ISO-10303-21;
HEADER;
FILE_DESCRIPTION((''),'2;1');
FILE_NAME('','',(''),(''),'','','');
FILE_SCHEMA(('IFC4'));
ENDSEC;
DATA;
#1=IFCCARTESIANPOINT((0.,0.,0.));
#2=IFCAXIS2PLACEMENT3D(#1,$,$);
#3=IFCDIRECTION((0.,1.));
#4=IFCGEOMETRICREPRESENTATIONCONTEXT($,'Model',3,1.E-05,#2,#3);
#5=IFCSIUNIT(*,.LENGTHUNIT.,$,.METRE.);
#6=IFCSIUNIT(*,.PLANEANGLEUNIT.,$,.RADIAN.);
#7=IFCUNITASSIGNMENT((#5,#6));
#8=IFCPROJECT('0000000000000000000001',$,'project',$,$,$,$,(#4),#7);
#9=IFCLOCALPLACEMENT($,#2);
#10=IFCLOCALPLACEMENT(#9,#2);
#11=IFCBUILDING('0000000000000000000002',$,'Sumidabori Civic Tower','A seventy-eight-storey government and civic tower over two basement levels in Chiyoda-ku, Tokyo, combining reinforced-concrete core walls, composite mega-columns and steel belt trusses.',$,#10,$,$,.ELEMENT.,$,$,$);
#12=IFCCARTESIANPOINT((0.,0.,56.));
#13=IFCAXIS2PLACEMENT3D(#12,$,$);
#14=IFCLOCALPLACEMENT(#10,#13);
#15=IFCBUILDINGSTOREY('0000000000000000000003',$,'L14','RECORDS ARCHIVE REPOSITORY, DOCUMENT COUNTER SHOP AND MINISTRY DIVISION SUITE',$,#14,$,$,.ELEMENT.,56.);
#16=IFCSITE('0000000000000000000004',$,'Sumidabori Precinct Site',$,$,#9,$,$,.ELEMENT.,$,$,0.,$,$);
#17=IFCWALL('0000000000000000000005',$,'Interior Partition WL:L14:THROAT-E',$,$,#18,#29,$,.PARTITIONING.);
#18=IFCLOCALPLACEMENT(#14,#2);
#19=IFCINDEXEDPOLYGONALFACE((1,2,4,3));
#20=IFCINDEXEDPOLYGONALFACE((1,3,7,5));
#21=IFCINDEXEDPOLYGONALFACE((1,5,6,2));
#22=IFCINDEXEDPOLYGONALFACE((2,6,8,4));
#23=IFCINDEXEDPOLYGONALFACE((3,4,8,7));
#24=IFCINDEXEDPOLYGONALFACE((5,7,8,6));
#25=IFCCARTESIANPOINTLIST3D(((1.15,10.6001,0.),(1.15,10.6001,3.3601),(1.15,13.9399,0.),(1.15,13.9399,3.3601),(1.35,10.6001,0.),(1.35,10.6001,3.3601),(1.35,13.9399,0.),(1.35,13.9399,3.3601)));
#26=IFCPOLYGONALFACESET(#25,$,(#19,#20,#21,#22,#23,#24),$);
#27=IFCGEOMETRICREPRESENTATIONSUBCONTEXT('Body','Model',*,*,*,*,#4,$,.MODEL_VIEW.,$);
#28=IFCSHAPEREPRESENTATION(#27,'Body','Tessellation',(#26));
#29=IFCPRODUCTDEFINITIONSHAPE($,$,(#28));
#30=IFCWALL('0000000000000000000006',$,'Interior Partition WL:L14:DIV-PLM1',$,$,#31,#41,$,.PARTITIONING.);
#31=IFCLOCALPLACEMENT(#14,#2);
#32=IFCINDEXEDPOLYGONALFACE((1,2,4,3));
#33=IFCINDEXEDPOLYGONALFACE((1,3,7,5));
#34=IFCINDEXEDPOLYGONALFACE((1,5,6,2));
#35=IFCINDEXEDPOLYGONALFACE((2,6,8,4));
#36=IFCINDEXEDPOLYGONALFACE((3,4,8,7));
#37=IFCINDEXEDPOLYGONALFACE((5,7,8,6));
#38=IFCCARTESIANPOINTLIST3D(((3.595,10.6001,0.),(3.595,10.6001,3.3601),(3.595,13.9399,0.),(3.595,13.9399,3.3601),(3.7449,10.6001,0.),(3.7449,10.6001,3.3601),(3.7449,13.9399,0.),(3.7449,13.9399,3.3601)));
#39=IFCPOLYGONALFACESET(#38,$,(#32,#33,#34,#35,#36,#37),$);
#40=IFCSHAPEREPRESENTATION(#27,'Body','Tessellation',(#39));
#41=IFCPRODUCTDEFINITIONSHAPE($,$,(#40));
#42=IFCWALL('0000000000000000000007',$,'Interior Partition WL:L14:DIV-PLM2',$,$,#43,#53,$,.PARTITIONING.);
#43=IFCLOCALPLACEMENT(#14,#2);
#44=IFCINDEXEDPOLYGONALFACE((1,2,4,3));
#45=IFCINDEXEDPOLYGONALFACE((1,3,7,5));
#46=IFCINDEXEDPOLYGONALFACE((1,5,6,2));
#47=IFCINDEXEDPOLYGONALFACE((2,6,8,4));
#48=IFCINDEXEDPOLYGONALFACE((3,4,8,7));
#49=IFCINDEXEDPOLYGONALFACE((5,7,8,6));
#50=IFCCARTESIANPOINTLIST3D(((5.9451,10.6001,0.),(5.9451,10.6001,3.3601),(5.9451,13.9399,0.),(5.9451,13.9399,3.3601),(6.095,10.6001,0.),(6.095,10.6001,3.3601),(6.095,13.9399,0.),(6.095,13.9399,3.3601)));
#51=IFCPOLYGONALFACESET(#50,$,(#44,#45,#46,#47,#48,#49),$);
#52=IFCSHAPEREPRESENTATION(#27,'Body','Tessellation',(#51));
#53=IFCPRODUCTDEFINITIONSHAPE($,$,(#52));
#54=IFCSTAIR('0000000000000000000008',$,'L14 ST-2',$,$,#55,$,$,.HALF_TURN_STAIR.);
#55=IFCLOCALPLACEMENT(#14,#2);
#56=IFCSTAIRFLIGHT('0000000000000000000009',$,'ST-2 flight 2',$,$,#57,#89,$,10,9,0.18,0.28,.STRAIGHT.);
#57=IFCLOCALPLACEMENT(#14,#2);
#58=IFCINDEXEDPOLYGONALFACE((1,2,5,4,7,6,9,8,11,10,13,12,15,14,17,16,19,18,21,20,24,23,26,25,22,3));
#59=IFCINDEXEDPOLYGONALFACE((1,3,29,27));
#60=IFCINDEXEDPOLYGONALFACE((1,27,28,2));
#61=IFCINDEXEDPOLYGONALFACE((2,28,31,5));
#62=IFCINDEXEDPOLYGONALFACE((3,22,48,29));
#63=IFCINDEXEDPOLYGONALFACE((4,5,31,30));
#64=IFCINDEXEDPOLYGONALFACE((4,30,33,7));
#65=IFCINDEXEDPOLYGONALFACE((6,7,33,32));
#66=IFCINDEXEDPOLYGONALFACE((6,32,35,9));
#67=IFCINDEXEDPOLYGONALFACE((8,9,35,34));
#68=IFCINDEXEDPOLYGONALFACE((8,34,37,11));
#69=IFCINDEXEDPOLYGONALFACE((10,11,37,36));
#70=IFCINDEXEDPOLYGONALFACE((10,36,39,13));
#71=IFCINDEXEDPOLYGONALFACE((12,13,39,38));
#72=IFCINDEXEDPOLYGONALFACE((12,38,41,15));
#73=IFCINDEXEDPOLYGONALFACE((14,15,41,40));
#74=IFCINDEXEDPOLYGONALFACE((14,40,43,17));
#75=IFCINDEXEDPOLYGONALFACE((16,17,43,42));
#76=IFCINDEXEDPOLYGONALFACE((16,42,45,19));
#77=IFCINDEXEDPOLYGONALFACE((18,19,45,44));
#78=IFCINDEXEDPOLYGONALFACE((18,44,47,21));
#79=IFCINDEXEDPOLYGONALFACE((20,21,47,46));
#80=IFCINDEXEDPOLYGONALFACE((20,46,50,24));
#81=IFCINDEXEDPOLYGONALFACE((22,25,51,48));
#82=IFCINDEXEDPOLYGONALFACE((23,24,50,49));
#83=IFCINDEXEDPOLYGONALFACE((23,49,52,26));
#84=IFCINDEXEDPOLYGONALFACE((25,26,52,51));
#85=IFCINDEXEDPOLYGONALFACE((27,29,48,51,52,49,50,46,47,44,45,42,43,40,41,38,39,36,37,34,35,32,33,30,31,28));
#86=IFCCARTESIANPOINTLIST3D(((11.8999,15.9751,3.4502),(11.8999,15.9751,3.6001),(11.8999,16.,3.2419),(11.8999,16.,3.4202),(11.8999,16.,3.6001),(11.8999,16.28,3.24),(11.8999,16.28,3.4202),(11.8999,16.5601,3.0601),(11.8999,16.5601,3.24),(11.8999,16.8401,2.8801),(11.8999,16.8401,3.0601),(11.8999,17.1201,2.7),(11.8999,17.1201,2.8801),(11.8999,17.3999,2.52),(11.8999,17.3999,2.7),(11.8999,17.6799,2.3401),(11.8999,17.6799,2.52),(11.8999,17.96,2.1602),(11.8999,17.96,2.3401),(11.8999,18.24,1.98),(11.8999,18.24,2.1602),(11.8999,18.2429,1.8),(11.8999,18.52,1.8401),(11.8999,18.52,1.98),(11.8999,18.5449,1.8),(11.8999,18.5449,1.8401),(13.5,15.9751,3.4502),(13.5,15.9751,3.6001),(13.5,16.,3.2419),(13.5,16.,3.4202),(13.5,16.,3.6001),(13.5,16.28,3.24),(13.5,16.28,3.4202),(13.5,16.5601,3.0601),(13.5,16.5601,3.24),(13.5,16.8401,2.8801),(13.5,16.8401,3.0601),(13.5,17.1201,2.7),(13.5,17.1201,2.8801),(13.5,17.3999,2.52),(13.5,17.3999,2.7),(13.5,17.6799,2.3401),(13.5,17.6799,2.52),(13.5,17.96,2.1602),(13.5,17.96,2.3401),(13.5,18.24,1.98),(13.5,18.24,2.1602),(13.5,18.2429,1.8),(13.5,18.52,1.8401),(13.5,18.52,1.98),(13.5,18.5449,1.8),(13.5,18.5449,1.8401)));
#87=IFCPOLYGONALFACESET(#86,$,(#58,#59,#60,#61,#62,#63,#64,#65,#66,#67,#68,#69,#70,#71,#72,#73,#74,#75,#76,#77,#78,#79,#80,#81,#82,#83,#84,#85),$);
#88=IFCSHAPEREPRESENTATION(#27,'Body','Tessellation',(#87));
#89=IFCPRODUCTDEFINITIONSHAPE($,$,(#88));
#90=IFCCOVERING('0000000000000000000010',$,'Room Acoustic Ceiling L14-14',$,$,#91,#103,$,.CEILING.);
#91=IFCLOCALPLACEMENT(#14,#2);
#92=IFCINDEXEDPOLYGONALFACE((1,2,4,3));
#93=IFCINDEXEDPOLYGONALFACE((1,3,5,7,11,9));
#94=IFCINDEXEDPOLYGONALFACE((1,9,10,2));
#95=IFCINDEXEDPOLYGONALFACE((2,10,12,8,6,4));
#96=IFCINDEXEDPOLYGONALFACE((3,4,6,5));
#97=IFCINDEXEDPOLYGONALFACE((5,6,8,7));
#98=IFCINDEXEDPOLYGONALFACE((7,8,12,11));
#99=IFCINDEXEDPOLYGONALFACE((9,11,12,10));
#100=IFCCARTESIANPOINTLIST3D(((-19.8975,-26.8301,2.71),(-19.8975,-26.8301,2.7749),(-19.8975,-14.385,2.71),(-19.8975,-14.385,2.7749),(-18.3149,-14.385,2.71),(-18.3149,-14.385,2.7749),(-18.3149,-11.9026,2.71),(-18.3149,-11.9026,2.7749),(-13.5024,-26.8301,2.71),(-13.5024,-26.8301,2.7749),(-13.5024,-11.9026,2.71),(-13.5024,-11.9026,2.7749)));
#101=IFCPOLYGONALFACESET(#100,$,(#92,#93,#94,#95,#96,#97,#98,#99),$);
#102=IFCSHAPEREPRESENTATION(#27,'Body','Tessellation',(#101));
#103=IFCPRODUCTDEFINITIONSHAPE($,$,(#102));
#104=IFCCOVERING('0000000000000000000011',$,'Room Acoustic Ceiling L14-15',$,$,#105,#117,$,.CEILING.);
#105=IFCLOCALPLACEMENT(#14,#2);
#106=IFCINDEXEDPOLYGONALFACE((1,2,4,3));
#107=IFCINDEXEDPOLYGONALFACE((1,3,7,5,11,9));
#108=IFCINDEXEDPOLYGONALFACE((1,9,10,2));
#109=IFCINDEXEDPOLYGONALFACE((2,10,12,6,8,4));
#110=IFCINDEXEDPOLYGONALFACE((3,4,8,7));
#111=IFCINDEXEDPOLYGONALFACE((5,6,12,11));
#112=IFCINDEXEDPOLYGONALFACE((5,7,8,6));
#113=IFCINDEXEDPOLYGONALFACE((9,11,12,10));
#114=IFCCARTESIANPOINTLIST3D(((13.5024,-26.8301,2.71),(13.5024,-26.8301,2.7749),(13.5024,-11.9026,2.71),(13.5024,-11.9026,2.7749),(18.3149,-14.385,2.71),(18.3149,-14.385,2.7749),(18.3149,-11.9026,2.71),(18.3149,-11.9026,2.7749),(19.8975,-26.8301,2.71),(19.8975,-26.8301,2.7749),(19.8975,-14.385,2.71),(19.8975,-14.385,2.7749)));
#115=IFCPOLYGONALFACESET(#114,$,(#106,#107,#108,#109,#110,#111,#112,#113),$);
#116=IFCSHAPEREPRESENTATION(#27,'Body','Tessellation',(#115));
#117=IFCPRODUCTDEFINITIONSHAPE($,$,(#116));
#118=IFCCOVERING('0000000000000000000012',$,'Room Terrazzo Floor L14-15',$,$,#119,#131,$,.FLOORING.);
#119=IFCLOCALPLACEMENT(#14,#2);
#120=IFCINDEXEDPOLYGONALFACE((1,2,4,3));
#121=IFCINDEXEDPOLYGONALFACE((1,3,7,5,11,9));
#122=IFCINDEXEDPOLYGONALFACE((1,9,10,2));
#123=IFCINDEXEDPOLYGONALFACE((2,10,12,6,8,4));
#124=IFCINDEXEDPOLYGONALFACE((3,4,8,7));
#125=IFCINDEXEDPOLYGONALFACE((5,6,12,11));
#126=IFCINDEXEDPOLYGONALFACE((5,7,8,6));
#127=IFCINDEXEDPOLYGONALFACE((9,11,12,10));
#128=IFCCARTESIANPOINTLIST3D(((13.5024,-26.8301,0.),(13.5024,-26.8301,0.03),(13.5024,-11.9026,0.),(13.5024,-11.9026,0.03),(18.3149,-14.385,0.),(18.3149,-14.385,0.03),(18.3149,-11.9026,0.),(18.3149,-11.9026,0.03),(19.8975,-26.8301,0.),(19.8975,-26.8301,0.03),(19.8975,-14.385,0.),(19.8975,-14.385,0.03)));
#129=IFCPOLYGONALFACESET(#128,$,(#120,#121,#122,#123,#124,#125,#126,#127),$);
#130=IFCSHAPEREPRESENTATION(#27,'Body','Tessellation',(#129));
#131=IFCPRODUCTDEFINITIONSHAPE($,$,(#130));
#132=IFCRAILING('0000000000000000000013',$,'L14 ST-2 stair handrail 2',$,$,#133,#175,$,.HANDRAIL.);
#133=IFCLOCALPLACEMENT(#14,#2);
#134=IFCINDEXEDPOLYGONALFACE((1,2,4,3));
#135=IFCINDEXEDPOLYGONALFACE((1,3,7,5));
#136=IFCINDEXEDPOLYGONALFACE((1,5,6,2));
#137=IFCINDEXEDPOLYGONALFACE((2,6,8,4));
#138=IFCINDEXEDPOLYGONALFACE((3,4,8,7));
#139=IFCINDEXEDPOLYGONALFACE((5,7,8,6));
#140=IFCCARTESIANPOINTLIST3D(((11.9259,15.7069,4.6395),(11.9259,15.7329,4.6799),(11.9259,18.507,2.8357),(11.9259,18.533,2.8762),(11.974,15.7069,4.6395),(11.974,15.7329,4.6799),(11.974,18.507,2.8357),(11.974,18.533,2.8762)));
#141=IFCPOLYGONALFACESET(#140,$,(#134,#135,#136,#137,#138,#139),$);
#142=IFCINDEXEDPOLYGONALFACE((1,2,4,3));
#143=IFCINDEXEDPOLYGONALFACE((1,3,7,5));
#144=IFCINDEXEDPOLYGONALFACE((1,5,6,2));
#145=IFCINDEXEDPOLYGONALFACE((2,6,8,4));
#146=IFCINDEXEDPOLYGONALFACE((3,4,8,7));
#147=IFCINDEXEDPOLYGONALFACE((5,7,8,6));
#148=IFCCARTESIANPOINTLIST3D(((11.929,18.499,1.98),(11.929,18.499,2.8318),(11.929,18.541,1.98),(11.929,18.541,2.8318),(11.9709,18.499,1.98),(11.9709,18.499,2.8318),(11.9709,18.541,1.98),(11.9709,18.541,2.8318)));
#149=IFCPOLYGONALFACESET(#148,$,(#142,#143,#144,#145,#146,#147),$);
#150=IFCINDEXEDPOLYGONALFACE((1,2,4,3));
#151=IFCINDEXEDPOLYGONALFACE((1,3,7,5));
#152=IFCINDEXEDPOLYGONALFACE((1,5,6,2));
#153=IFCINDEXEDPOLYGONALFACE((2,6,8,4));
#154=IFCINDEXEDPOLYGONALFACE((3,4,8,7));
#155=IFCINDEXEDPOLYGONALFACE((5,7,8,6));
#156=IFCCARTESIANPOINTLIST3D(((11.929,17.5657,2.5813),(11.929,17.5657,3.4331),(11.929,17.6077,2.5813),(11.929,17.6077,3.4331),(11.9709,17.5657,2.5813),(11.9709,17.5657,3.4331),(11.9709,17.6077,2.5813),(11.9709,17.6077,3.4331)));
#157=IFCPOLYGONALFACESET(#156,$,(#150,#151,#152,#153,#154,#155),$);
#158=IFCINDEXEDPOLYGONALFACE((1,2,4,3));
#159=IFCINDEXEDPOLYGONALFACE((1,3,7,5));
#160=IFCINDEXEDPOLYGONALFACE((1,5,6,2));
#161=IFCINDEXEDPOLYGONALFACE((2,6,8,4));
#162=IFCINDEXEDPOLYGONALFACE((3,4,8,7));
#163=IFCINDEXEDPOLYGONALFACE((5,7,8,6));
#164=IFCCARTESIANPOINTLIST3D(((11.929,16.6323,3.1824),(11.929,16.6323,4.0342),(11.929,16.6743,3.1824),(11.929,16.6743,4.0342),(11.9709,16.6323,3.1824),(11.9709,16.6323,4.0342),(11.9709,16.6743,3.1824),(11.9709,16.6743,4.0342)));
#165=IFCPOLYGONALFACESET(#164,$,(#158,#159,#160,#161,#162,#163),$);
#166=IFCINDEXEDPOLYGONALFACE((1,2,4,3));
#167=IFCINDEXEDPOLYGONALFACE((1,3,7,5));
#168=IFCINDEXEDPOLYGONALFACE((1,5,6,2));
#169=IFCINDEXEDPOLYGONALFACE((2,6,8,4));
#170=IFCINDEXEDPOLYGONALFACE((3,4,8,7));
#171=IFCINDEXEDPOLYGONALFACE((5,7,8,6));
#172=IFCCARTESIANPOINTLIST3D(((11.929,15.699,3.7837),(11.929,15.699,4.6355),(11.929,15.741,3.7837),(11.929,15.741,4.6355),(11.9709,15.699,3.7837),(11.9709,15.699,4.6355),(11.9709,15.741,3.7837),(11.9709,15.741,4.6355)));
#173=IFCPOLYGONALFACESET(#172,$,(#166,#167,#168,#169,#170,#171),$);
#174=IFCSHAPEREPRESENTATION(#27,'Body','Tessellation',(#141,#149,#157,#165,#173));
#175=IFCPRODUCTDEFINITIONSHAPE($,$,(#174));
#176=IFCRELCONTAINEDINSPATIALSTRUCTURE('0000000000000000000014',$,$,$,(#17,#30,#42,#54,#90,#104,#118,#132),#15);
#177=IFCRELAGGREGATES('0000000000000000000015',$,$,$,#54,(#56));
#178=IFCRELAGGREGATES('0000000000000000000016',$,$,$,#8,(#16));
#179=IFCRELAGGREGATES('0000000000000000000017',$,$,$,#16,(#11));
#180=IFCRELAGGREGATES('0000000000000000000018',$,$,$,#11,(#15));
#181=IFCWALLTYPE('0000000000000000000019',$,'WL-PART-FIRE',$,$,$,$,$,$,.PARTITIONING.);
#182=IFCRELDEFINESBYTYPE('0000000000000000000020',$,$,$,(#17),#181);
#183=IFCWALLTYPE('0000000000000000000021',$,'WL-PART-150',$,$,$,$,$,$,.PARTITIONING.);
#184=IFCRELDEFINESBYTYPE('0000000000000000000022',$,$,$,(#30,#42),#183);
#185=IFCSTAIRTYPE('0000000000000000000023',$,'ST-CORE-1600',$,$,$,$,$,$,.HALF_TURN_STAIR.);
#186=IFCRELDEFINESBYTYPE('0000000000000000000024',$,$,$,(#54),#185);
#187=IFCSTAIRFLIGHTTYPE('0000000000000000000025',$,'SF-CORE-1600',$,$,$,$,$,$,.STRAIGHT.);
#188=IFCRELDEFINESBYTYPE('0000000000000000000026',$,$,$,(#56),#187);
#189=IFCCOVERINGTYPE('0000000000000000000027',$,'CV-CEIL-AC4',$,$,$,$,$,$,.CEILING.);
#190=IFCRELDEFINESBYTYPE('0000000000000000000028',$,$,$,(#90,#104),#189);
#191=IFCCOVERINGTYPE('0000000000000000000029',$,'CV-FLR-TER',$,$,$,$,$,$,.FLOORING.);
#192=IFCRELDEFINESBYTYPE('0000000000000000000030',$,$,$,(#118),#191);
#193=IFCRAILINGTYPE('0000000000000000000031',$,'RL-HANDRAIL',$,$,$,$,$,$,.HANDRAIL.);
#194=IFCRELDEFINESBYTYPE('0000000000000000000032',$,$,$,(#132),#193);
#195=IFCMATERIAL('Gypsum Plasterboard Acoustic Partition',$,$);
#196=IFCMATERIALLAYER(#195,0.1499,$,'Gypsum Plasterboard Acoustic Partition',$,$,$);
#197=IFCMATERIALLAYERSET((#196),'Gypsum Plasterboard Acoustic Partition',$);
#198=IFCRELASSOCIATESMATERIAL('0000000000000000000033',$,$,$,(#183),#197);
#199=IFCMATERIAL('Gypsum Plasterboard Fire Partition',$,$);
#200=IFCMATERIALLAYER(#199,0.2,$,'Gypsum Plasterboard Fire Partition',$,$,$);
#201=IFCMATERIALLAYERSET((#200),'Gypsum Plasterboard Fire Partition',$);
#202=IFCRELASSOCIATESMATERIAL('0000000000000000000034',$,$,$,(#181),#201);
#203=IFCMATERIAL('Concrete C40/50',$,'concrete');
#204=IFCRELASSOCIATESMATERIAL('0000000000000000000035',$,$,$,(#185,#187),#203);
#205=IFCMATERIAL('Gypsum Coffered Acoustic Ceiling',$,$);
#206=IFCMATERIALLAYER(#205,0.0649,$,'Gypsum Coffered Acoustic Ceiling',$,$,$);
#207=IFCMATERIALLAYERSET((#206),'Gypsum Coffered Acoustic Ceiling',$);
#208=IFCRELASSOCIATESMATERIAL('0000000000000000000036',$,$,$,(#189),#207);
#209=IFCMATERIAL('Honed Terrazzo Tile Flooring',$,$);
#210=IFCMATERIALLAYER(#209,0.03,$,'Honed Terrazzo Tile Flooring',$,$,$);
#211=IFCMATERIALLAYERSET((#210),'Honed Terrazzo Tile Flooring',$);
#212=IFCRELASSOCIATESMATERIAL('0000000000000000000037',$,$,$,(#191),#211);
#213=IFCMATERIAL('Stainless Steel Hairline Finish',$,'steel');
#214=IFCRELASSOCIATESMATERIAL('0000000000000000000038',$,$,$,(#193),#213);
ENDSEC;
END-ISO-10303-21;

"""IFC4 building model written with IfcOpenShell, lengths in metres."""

from ifc_helpers import new_model, si_unit, direction, frame, frame_2d, origin, origin_2d, place, context, subcontext, project, spatial, polyline, rectangle, outline, extrude, source, transform, mapped, material, layer, layer_set, type_object, element, aggregate, save


model = new_model("IFC4")

# Units and contexts
model_context = context("Model", 3, precision=1e-05, world=origin(), true_north=direction((0.0, 1.0)))
body_context = subcontext(model_context, "Body", "Model", "MODEL_VIEW")
ifc_project = project(units=[si_unit("LENGTHUNIT", "METRE"), si_unit("PLANEANGLEUNIT", "RADIAN")], contexts=[model_context])

# Site, building, storey
site_placement = place(None, origin())
site = spatial("IfcSite", under=ifc_project, at=site_placement, Name="Sumidabori Precinct Site", CompositionType="ELEMENT", RefElevation=0.0)
building_placement = place(site_placement, origin())
building = spatial("IfcBuilding", under=site, at=building_placement, Name="Sumidabori Civic Tower", Description="A seventy-eight-storey government and civic tower over two basement levels in Chiyoda-ku, Tokyo, combining reinforced-concrete core walls, composite mega-columns and steel belt trusses.", CompositionType="ELEMENT")
storey_placement = place(building_placement, frame((0.0, 0.0, 56.0)))
storey = spatial("IfcBuildingStorey", under=building, at=storey_placement, Name="L14", Description="RECORDS ARCHIVE REPOSITORY, DOCUMENT COUNTER SHOP AND MINISTRY DIVISION SUITE", CompositionType="ELEMENT", Elevation=56.0)

# Shared definitions
ifc_material_1 = material(Name="Stainless Steel Hairline Finish", Category="steel")

# Walls
ifc_material_2 = material(Name="Gypsum Plasterboard Acoustic Partition")
ifc_layer_1 = layer(ifc_material_2, 0.1499, Name="Gypsum Plasterboard Acoustic Partition")
ifc_layer_set_1 = layer_set([ifc_layer_1], Name="Gypsum Plasterboard Acoustic Partition")
wall_type_1 = type_object("IfcWallType", Name="WL-PART-150", PredefinedType="PARTITIONING", material=ifc_layer_set_1)
ifc_material_3 = material(Name="Gypsum Plasterboard Fire Partition")
ifc_layer_2 = layer(ifc_material_3, 0.2, Name="Gypsum Plasterboard Fire Partition")
ifc_layer_set_2 = layer_set([ifc_layer_2], Name="Gypsum Plasterboard Fire Partition")
wall_type_2 = type_object("IfcWallType", Name="WL-PART-FIRE", PredefinedType="PARTITIONING", material=ifc_layer_set_2)
shared_shape_1 = source(origin(), body_context, "Body", "SweptSolid", [
    extrude(rectangle(XDim=3.3398, YDim=0.2, at=frame_2d((1.6699, 0.0))), origin(), (0.0, 0.0, 1.0), 3.3601),
])
wall_1_placement = place(storey_placement, frame((1.25, 10.6001, 0.0), z_axis=(0.0, 0.0, 1.0), x_axis=(0.0, 1.0, 0.0)))
element("IfcWall", 1, at=wall_1_placement, inside=storey, type_object=wall_type_2, Name="Interior Partition WL:L14:THROAT-E", PredefinedType="PARTITIONING", context=body_context, shape_type="MappedRepresentation", body=[
    mapped(shared_shape_1, transform((0.0, 0.0, 0.0), x_axis=(1.0, 0.0, 0.0), y_axis=(0.0, 1.0, 0.0), z_axis=(0.0, 0.0, 1.0), scale=1.0)),
])
shared_shape_2 = source(origin(), body_context, "Body", "SweptSolid", [
    extrude(rectangle(XDim=3.3398, YDim=0.1499, at=frame_2d((1.6699, 0.0))), origin(), (0.0, 0.0, 1.0), 3.3601),
])
for number, where, z_axis, x_axis, name in (
    (2, (3.6699, 10.6001, 0.0), (0.0, 0.0, 1.0), (0.0, 1.0, 0.0), "Interior Partition WL:L14:DIV-PLM1"),
    (3, (6.02, 10.6001, 0.0), (0.0, 0.0, 1.0), (0.0, 1.0, 0.0), "Interior Partition WL:L14:DIV-PLM2"),
):
    element("IfcWall", number, at=place(storey_placement, frame(where, z_axis=z_axis, x_axis=x_axis)), inside=storey, type_object=wall_type_1, Name=name, PredefinedType="PARTITIONING", context=body_context, shape_type="MappedRepresentation", body=[
        mapped(shared_shape_2, transform((0.0, 0.0, 0.0), x_axis=(1.0, 0.0, 0.0), y_axis=(0.0, 1.0, 0.0), z_axis=(0.0, 0.0, 1.0), scale=1.0)),
    ])

# Stair, stair flight
ifc_material_4 = material(Name="Concrete C40/50", Category="concrete")
stair_type = type_object("IfcStairType", Name="ST-CORE-1600", PredefinedType="HALF_TURN_STAIR", material=ifc_material_4)
stair_placement = place(storey_placement, origin())
stair = element("IfcStair", 4, at=stair_placement, inside=storey, type_object=stair_type, Name="L14 ST-2", PredefinedType="HALF_TURN_STAIR")
stair_flight_type = type_object("IfcStairFlightType", Name="SF-CORE-1600", PredefinedType="STRAIGHT", material=ifc_material_4)
shared_shape_3 = source(origin(), body_context, "Body", "SweptSolid", [
    extrude(outline(polyline([(-0.0249, 0.0), (-0.0249, 0.04), (0.0, 0.04), (0.0, 0.1799), (0.28, 0.1799), (0.28, 0.3601), (0.5601, 0.3601), (0.5601, 0.54), (0.8401, 0.54), (0.8401, 0.72), (1.1201, 0.72), (1.1201, 0.8999), (1.3999, 0.8999), (1.3999, 1.0801), (1.6799, 1.0801), (1.6799, 1.26), (1.96, 1.26), (1.96, 1.4399), (2.24, 1.4399), (2.24, 1.6201), (2.52, 1.6201), (2.52, 1.8), (2.5449, 1.8), (2.5449, 1.6501), (2.52, 1.4419), (0.2771, 0.0), (-0.0249, 0.0)])), frame((0.0, 0.8, 0.0), z_axis=(0.0, -1.0, 0.0), x_axis=(1.0, 0.0, 0.0)), (0.0, 0.0, 1.0), 1.6001),
])
stair_flight_placement = place(storey_placement, frame((12.7, 18.52, 1.8), z_axis=(0.0, 0.0, 1.0), x_axis=(0.0, -1.0, 0.0)))
stair_flight = element("IfcStairFlight", 5, at=stair_flight_placement, type_object=stair_flight_type, Name="ST-2 flight 2", NumberOfRisers=10, NumberOfTreads=9, PredefinedType="STRAIGHT", RiserHeight=0.18, TreadLength=0.28, context=body_context, shape_type="MappedRepresentation", body=[
    mapped(shared_shape_3, transform((0.0, 0.0, 0.0), x_axis=(1.0, 0.0, 0.0), y_axis=(0.0, 1.0, 0.0), z_axis=(0.0, 0.0, 1.0), scale=1.0)),
])
aggregate(stair, [stair_flight])

# Coverings
ifc_material_5 = material(Name="Gypsum Coffered Acoustic Ceiling")
ifc_layer_3 = layer(ifc_material_5, 0.0649, Name="Gypsum Coffered Acoustic Ceiling")
ifc_layer_set_3 = layer_set([ifc_layer_3], Name="Gypsum Coffered Acoustic Ceiling")
covering_type_1 = type_object("IfcCoveringType", Name="CV-CEIL-AC4", PredefinedType="CEILING", material=ifc_layer_set_3)
covering_1_placement = place(storey_placement, frame((0.0, 0.0, 2.71)))
element("IfcCovering", 6, at=covering_1_placement, inside=storey, type_object=covering_type_1, Name="Room Acoustic Ceiling L14-14", PredefinedType="CEILING", context=body_context, shape_type="SweptSolid", body=[
    extrude(outline(polyline([(-18.3149, -14.385), (-18.3149, -11.9026), (-13.5024, -11.9026), (-13.5024, -26.8301), (-19.8975, -26.8301), (-19.8975, -14.385), (-18.3149, -14.385)])), origin(), (0.0, 0.0, 1.0), 0.0649),
])
covering_2_placement = place(storey_placement, frame((0.0, 0.0, 2.71)))
element("IfcCovering", 7, at=covering_2_placement, inside=storey, type_object=covering_type_1, Name="Room Acoustic Ceiling L14-15", PredefinedType="CEILING", context=body_context, shape_type="SweptSolid", body=[
    extrude(outline(polyline([(18.3149, -14.385), (19.8975, -14.385), (19.8975, -26.8301), (13.5024, -26.8301), (13.5024, -11.9026), (18.3149, -11.9026), (18.3149, -14.385)])), origin(), (0.0, 0.0, 1.0), 0.0649),
])
ifc_material_6 = material(Name="Honed Terrazzo Tile Flooring")
ifc_layer_4 = layer(ifc_material_6, 0.03, Name="Honed Terrazzo Tile Flooring")
ifc_layer_set_4 = layer_set([ifc_layer_4], Name="Honed Terrazzo Tile Flooring")
covering_type_2 = type_object("IfcCoveringType", Name="CV-FLR-TER", PredefinedType="FLOORING", material=ifc_layer_set_4)
covering_3_placement = place(storey_placement, origin())
element("IfcCovering", 8, at=covering_3_placement, inside=storey, type_object=covering_type_2, Name="Room Terrazzo Floor L14-15", PredefinedType="FLOORING", context=body_context, shape_type="SweptSolid", body=[
    extrude(outline(polyline([(18.3149, -14.385), (19.8975, -14.385), (19.8975, -26.8301), (13.5024, -26.8301), (13.5024, -11.9026), (18.3149, -11.9026), (18.3149, -14.385)])), origin(), (0.0, 0.0, 1.0), 0.03),
])

# Railing
railing_type_1 = type_object("IfcRailingType", Name="RL-HANDRAIL", PredefinedType="HANDRAIL", material=ifc_material_1)
railing_1_placement = place(storey_placement, frame((11.95, 18.52, 1.98)))
element("IfcRailing", 9, at=railing_1_placement, inside=storey, type_object=railing_type_1, Name="L14 ST-2 stair handrail 2", PredefinedType="HANDRAIL", context=body_context, shape_type="SweptSolid", body=[
    extrude(rectangle(XDim=0.0481, YDim=0.0481, at=origin_2d()), frame((0.0, 0.0, 0.876), z_axis=(0.0, -0.840676, 0.541539), x_axis=(1.0, 0.0, 0.0)), (0.0, 0.0, 1.0), 3.3308),
    extrude(rectangle(XDim=0.042, YDim=0.042, at=origin_2d()), origin(), (0.0, 0.0, 1.0), 0.8518),
    extrude(rectangle(XDim=0.042, YDim=0.042, at=origin_2d()), frame((0.0, -0.9333, 0.6013)), (0.0, 0.0, 1.0), 0.8518),
    extrude(rectangle(XDim=0.042, YDim=0.042, at=origin_2d()), frame((0.0, -1.8667, 1.2024)), (0.0, 0.0, 1.0), 0.8518),
    extrude(rectangle(XDim=0.042, YDim=0.042, at=origin_2d()), frame((0.0, -2.8, 1.8037)), (0.0, 0.0, 1.0), 0.8518),
])

save(model, "model.ifc")
